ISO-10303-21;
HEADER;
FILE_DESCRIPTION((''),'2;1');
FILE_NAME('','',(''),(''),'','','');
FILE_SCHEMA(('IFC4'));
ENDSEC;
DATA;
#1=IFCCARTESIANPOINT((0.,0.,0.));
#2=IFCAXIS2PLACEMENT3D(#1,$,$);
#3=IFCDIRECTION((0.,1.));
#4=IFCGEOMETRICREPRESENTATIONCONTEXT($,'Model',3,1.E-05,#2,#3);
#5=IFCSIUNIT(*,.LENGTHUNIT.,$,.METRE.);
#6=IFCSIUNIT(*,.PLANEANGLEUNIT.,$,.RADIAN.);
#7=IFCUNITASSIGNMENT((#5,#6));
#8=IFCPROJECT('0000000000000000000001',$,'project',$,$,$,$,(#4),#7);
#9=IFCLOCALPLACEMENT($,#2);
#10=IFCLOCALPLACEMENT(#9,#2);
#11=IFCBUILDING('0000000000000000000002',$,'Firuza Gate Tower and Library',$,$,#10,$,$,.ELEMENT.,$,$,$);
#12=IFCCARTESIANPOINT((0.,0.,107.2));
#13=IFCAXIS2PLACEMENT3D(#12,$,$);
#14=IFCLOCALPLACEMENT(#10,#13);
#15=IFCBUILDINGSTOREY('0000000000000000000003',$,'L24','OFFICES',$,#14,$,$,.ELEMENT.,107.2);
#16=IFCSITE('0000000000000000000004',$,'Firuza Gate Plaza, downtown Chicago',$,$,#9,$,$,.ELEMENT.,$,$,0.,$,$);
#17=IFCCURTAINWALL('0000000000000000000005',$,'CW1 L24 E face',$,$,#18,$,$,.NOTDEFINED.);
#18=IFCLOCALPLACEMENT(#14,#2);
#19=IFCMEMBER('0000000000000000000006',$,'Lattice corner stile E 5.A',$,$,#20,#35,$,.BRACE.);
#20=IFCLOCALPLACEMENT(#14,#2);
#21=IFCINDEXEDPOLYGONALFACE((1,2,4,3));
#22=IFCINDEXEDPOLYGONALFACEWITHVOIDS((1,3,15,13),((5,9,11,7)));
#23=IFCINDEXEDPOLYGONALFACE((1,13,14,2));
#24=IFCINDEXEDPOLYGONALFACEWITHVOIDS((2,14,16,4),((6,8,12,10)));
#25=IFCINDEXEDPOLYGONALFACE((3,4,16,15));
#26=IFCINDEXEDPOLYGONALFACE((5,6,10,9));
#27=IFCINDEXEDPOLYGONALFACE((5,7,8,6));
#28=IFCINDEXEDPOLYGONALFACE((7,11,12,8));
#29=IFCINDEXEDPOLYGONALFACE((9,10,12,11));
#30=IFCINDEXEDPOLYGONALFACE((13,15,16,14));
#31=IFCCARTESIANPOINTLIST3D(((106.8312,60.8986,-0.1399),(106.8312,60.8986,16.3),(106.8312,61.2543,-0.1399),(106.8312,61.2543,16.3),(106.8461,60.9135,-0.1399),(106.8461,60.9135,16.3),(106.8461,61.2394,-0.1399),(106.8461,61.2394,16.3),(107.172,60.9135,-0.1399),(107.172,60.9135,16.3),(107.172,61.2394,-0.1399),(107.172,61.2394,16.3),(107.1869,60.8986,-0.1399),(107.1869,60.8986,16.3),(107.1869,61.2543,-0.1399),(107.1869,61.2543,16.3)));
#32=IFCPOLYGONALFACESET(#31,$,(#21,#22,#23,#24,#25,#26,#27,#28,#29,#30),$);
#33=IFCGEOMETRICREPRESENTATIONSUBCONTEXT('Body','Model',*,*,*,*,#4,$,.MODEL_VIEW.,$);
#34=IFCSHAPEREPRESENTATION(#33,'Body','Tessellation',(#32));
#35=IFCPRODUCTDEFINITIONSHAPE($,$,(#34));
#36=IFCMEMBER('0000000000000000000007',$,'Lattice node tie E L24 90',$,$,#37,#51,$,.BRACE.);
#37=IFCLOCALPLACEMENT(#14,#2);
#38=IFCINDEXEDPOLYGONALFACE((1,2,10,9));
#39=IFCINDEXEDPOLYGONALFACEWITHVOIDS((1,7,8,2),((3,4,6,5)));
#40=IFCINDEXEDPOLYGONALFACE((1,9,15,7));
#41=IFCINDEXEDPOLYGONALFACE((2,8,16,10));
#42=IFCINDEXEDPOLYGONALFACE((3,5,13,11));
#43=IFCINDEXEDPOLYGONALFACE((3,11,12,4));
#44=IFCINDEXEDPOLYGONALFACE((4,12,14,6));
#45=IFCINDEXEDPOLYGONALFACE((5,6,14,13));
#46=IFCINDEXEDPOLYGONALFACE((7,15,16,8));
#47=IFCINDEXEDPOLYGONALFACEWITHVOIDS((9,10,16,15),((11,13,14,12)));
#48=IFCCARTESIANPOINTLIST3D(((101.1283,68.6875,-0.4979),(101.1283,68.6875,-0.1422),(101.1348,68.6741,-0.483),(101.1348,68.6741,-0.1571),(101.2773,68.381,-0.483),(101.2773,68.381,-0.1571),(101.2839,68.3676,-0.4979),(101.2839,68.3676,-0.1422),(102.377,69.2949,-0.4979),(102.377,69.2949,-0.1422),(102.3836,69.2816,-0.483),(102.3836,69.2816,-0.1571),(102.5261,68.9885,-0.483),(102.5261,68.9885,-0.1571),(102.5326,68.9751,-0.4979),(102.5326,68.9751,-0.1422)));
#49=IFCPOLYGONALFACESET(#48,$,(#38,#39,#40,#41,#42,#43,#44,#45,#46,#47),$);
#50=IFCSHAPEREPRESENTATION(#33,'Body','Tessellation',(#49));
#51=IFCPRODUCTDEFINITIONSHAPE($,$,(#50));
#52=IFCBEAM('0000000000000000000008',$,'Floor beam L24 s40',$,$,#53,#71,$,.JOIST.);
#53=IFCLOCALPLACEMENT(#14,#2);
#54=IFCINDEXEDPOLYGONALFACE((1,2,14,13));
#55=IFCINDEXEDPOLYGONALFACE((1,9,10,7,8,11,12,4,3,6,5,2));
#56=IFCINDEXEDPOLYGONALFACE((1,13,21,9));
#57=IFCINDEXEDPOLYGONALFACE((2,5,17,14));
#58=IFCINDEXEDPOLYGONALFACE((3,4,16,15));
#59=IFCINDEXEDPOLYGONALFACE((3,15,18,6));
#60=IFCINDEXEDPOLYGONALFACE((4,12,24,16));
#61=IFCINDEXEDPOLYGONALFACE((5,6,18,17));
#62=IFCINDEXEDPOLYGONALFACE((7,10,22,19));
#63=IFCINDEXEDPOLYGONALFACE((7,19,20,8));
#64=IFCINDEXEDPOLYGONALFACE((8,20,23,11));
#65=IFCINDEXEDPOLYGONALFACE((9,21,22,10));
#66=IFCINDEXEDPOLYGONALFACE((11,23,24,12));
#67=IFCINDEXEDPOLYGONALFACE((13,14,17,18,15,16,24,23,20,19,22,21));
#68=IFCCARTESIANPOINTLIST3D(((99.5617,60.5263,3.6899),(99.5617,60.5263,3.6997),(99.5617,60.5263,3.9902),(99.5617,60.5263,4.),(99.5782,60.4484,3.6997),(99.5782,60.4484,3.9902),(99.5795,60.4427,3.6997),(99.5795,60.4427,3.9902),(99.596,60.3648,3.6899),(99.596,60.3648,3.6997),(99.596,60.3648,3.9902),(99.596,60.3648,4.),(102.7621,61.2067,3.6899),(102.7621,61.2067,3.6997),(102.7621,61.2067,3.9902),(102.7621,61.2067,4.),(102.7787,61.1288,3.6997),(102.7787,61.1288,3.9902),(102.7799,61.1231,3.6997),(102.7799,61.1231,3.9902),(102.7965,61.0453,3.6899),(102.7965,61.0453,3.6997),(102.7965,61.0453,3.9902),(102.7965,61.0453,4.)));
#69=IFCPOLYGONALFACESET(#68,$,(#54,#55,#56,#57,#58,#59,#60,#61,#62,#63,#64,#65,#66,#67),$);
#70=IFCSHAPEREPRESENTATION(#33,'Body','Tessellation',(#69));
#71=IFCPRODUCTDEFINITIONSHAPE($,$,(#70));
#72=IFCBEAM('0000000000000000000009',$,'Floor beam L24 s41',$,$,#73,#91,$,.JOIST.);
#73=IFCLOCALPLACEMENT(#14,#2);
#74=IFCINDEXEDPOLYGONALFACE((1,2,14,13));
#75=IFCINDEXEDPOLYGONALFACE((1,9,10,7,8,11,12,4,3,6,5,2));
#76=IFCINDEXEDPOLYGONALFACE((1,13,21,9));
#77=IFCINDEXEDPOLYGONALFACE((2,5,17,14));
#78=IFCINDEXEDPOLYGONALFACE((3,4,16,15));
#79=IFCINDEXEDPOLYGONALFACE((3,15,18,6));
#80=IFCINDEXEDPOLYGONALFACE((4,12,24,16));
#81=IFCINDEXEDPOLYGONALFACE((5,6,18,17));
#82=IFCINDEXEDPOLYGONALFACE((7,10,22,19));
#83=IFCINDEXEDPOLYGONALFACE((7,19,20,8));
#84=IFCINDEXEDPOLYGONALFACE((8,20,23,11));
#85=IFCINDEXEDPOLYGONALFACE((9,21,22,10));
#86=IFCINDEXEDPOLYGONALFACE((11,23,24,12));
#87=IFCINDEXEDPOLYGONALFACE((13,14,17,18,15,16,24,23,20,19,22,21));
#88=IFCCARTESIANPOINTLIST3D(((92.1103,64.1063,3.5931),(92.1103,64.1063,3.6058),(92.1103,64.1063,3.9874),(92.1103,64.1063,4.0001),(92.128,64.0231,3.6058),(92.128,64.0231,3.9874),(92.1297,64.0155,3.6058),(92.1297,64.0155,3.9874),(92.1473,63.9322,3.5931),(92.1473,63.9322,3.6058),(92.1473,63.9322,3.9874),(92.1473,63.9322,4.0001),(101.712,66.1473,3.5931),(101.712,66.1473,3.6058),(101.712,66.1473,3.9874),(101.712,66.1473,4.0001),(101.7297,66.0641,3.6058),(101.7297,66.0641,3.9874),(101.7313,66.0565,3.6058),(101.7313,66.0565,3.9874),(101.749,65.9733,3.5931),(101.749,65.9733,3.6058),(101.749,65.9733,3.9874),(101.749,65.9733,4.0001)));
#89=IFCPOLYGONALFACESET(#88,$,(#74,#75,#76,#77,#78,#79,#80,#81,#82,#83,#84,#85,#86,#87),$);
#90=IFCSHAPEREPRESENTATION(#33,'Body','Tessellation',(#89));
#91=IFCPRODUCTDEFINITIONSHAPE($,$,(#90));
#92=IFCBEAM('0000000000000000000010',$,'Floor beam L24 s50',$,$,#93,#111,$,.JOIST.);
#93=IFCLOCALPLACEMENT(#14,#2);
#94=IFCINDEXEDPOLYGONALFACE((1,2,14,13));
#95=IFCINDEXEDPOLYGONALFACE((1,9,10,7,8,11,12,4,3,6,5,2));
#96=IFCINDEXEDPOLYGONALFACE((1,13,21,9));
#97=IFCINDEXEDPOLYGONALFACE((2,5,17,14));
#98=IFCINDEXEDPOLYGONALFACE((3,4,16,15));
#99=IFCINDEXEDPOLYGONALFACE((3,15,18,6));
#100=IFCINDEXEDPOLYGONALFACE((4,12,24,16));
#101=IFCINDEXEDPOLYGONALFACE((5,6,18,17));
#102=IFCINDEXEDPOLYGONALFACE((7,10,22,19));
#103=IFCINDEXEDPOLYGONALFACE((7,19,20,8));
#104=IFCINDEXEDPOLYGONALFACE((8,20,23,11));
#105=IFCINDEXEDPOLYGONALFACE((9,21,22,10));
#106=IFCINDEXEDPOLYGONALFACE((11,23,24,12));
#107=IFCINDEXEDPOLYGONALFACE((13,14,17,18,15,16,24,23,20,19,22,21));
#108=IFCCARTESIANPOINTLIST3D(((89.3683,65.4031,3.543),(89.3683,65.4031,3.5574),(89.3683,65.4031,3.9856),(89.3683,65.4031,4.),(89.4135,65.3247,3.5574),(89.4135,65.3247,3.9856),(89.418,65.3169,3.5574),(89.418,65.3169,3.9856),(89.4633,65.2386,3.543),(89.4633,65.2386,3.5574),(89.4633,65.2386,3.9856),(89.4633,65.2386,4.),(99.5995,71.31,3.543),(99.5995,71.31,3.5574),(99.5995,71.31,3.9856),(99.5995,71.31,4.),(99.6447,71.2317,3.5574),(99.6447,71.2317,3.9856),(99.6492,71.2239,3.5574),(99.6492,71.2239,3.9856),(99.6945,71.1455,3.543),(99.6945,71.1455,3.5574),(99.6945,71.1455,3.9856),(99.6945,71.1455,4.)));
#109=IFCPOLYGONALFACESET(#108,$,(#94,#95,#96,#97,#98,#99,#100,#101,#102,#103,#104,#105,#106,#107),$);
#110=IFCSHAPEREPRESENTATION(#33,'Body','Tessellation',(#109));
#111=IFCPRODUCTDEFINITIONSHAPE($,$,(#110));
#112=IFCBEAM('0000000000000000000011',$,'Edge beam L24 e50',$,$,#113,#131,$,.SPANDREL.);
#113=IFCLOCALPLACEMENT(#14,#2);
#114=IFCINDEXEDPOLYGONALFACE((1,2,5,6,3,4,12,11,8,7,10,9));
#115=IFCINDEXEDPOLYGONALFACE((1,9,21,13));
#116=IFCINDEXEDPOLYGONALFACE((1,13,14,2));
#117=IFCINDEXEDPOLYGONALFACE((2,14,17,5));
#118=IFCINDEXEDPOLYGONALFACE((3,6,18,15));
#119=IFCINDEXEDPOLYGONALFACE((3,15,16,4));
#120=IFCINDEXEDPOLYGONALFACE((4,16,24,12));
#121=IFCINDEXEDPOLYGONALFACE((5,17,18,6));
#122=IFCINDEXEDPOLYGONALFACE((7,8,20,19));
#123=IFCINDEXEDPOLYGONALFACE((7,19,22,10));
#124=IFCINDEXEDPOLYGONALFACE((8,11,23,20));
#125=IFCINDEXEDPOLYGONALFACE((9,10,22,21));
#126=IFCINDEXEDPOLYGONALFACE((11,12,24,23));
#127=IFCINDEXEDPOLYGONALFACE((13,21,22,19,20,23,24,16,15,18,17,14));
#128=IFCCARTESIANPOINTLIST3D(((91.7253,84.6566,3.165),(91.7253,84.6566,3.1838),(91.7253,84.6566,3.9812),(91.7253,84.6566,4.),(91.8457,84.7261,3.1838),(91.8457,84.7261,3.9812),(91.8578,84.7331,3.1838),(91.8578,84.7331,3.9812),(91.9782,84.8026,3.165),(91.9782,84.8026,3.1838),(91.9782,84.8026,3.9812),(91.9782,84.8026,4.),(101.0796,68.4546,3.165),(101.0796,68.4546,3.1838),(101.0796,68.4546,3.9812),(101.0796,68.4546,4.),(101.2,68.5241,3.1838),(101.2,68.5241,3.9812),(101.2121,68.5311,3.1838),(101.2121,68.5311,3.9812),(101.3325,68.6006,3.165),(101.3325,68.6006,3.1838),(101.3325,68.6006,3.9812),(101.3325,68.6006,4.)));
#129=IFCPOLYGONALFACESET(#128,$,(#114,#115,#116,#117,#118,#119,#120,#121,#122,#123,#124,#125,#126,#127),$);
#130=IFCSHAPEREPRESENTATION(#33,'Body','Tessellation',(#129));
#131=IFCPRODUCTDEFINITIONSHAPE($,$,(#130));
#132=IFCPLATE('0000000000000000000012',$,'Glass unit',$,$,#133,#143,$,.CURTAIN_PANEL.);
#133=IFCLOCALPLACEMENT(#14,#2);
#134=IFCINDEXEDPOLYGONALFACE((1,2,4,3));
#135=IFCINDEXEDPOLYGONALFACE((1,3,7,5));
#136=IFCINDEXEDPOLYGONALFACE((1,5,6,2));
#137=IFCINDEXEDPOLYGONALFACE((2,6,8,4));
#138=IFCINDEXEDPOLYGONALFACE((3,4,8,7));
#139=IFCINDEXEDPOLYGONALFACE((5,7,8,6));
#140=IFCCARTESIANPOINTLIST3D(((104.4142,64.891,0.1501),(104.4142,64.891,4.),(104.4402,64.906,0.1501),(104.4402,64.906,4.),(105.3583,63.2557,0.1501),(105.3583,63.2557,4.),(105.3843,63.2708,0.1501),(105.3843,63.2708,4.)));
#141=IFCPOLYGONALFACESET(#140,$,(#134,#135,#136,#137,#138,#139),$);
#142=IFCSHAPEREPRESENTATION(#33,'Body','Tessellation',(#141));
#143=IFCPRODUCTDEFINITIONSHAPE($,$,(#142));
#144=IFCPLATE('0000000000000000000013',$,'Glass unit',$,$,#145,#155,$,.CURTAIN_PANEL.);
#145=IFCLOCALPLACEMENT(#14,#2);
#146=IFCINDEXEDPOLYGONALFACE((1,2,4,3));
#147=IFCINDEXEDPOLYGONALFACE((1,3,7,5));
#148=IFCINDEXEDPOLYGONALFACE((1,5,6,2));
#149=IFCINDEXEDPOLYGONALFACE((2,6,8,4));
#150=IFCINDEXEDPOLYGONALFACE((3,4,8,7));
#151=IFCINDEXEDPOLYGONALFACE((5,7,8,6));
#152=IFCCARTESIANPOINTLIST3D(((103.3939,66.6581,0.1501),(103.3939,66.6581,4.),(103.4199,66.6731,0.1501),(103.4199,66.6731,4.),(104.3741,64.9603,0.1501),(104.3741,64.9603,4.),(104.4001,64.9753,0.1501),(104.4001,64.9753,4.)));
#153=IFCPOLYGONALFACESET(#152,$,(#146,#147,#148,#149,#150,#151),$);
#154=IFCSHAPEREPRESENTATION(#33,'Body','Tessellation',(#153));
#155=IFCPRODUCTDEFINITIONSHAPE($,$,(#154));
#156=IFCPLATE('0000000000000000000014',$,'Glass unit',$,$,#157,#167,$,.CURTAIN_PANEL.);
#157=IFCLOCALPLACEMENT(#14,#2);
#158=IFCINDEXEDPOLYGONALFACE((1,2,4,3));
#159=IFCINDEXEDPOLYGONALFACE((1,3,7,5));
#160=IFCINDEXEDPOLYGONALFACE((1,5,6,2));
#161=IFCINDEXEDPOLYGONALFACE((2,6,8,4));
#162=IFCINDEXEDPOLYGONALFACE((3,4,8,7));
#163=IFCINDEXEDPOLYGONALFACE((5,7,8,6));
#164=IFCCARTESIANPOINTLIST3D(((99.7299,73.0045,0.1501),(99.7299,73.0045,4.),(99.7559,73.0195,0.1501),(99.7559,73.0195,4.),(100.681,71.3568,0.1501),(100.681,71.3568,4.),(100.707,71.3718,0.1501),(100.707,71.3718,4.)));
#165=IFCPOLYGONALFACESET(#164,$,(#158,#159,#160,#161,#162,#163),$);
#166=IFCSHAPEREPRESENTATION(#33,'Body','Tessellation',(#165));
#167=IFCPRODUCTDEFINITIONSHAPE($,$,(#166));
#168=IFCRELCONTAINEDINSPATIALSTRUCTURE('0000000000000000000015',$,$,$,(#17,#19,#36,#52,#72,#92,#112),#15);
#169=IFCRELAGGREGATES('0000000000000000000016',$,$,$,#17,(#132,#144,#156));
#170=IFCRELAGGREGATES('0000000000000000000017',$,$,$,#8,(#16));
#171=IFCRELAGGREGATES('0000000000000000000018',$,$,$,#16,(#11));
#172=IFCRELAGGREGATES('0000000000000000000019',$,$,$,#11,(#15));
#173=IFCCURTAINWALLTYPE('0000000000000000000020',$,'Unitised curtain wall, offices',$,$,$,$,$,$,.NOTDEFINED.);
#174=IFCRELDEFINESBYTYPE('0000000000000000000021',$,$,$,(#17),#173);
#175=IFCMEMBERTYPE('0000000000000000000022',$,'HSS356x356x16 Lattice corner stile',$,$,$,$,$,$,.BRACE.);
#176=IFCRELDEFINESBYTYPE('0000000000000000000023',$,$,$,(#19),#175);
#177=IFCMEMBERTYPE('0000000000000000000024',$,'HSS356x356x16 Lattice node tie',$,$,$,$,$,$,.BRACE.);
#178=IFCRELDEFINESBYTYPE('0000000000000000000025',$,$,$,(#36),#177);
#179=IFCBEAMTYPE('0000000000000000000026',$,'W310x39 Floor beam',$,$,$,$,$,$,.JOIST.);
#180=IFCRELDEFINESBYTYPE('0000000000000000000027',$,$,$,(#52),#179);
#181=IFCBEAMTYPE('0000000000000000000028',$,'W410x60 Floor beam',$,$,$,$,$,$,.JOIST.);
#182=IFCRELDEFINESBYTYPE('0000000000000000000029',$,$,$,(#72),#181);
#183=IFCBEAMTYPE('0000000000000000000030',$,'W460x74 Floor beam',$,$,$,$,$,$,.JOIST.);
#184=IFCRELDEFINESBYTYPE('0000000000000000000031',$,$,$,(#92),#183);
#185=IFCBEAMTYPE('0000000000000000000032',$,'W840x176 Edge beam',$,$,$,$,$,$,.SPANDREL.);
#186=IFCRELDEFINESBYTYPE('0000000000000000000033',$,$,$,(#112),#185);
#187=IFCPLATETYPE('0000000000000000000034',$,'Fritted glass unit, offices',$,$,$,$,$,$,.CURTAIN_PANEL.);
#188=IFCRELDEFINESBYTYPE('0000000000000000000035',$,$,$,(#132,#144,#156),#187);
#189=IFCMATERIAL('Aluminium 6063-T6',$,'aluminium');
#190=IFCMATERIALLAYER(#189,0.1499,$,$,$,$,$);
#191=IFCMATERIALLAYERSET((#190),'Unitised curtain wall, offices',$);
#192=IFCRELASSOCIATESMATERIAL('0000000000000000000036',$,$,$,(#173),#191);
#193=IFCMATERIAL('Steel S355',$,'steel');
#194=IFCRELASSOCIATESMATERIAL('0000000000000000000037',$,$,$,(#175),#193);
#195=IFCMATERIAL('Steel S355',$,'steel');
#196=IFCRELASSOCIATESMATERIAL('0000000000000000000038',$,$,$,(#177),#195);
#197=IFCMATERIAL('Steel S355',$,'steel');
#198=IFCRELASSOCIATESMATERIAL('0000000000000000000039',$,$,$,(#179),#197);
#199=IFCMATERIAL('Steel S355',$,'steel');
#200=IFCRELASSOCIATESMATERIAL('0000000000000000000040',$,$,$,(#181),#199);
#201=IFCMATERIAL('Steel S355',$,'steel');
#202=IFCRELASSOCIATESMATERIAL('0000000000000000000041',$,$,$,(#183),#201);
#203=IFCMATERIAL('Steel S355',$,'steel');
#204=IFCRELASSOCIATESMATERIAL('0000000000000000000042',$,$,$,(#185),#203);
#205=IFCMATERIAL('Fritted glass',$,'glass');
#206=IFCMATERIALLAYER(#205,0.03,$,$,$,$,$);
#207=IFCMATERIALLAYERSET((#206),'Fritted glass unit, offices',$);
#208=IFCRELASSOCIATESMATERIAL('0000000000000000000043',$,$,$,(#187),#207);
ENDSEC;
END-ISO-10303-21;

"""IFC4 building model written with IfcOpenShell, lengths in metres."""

from ifc_helpers import new_model, si_unit, direction, frame, origin, origin_2d, place, context, subcontext, project, spatial, polyline, hollow_rectangle, i_section, outline, extrude, material, layer, layer_set, material_profile, profile_set, type_object, element, aggregate, save


model = new_model("IFC4")

# Units and contexts
model_context = context("Model", 3, precision=1e-05, world=origin(), true_north=direction((0.0, 1.0)))
body_context = subcontext(model_context, "Body", "Model", "MODEL_VIEW")
ifc_project = project(units=[si_unit("LENGTHUNIT", "METRE"), si_unit("PLANEANGLEUNIT", "RADIAN")], contexts=[model_context])

# Site, building, storey
site_placement = place(None, origin())
site = spatial("IfcSite", under=ifc_project, at=site_placement, Name="Firuza Gate Plaza, downtown Chicago", CompositionType="ELEMENT", RefElevation=0.0)
building_placement = place(site_placement, origin())
building = spatial("IfcBuilding", under=site, at=building_placement, Name="Firuza Gate Tower and Library", CompositionType="ELEMENT")
storey_placement = place(building_placement, frame((0.0, 0.0, 107.2)))
storey = spatial("IfcBuildingStorey", under=building, at=storey_placement, Name="L24", Description="OFFICES", CompositionType="ELEMENT", Elevation=107.2)

# Curtain wall
ifc_material_1 = material(Name="Aluminium 6063-T6", Category="aluminium")
ifc_layer_1 = layer(ifc_material_1, 0.1499)
ifc_layer_set_1 = layer_set([ifc_layer_1], Name="Unitised curtain wall, offices")
curtain_wall_type = type_object("IfcCurtainWallType", Name="Unitised curtain wall, offices", PredefinedType="NOTDEFINED", material=ifc_layer_set_1)
curtain_wall_placement = place(storey_placement, origin())
curtain_wall = element("IfcCurtainWall", 1, at=curtain_wall_placement, inside=storey, type_object=curtain_wall_type, Name="CW1 L24 E face", PredefinedType="NOTDEFINED")

# Members
ifc_material_2 = material(Name="Steel S355", Category="steel")
ifc_material_profile_1 = material_profile(ifc_material_2, hollow_rectangle(XDim=0.3557, YDim=0.3557, WallThickness=0.0149, at=origin_2d()))
ifc_profile_set_1 = profile_set([ifc_material_profile_1], Name="Steel S355")
member_type_1 = type_object("IfcMemberType", Name="HSS356x356x16 Lattice corner stile", PredefinedType="BRACE", material=ifc_profile_set_1)
member_1_placement = place(storey_placement, frame((107.009, 61.0764, -0.1399), z_axis=(0.0, 0.0, 1.0), x_axis=(1.0, 0.0, 0.0)))
element("IfcMember", 2, at=member_1_placement, inside=storey, type_object=member_type_1, Name="Lattice corner stile E 5.A", PredefinedType="BRACE", context=body_context, shape_type="SweptSolid", body=[
    extrude(hollow_rectangle(XDim=0.3557, YDim=0.3557, WallThickness=0.0149, at=origin_2d()), origin(), (0.0, 0.0, 1.0), 16.4399),
])
ifc_material_3 = material(Name="Steel S355", Category="steel")
ifc_material_profile_2 = material_profile(ifc_material_3, hollow_rectangle(XDim=0.3557, YDim=0.3557, WallThickness=0.0149, at=origin_2d()))
ifc_profile_set_2 = profile_set([ifc_material_profile_2], Name="Steel S355")
member_type_2 = type_object("IfcMemberType", Name="HSS356x356x16 Lattice node tie", PredefinedType="BRACE", material=ifc_profile_set_2)
member_2_placement = place(storey_placement, frame((101.2061, 68.5276, -0.3201), z_axis=(0.899261, 0.437412, 0.0), x_axis=(-0.437412, 0.899261, 0.0)))
element("IfcMember", 3, at=member_2_placement, inside=storey, type_object=member_type_2, Name="Lattice node tie E L24 90", PredefinedType="BRACE", context=body_context, shape_type="SweptSolid", body=[
    extrude(hollow_rectangle(XDim=0.3557, YDim=0.3557, WallThickness=0.0149, at=origin_2d()), origin(), (0.0, 0.0, 1.0), 1.3887),
])

# Beams
ifc_material_4 = material(Name="Steel S355", Category="steel")
ifc_material_profile_3 = material_profile(ifc_material_4, i_section(OverallWidth=0.165, OverallDepth=0.3101, WebThickness=0.0059, FlangeThickness=0.0098, at=origin_2d()))
ifc_profile_set_3 = profile_set([ifc_material_profile_3], Name="Steel S355")
beam_type_1 = type_object("IfcBeamType", Name="W310x39 Floor beam", PredefinedType="JOIST", material=ifc_profile_set_3)
beam_1_placement = place(storey_placement, frame((102.7793, 61.126, 3.845), z_axis=(-0.978139, -0.207954, 0.0), x_axis=(0.207954, -0.978139, 0.0)))
element("IfcBeam", 4, at=beam_1_placement, inside=storey, type_object=beam_type_1, Name="Floor beam L24 s40", PredefinedType="JOIST", context=body_context, shape_type="SweptSolid", body=[
    extrude(i_section(OverallWidth=0.165, OverallDepth=0.3101, WebThickness=0.0059, FlangeThickness=0.0098, at=origin_2d()), origin(), (0.0, 0.0, 1.0), 3.272),
])
ifc_material_5 = material(Name="Steel S355", Category="steel")
ifc_material_profile_4 = material_profile(ifc_material_5, i_section(OverallWidth=0.178, OverallDepth=0.407, WebThickness=0.0078, FlangeThickness=0.0127, at=origin_2d()))
ifc_profile_set_4 = profile_set([ifc_material_profile_4], Name="Steel S355")
beam_type_2 = type_object("IfcBeamType", Name="W410x60 Floor beam", PredefinedType="JOIST", material=ifc_profile_set_4)
beam_2_placement = place(storey_placement, frame((101.7305, 66.0603, 3.7966), z_axis=(-0.978145, -0.207925, 0.0), x_axis=(0.207925, -0.978145, 0.0)))
element("IfcBeam", 5, at=beam_2_placement, inside=storey, type_object=beam_type_2, Name="Floor beam L24 s41", PredefinedType="JOIST", context=body_context, shape_type="SweptSolid", body=[
    extrude(i_section(OverallWidth=0.178, OverallDepth=0.407, WebThickness=0.0078, FlangeThickness=0.0127, at=origin_2d()), origin(), (0.0, 0.0, 1.0), 9.8162),
])
ifc_material_6 = material(Name="Steel S355", Category="steel")
ifc_material_profile_5 = material_profile(ifc_material_6, i_section(OverallWidth=0.1899, OverallDepth=0.457, WebThickness=0.009, FlangeThickness=0.0144, at=origin_2d()))
ifc_profile_set_5 = profile_set([ifc_material_profile_5], Name="Steel S355")
beam_type_3 = type_object("IfcBeamType", Name="W460x74 Floor beam", PredefinedType="JOIST", material=ifc_profile_set_5)
beam_3_placement = place(storey_placement, frame((99.647, 71.2278, 3.7715), z_axis=(-0.866026, -0.5, 0.0), x_axis=(0.5, -0.866026, 0.0)))
element("IfcBeam", 6, at=beam_3_placement, inside=storey, type_object=beam_type_3, Name="Floor beam L24 s50", PredefinedType="JOIST", context=body_context, shape_type="SweptSolid", body=[
    extrude(i_section(OverallWidth=0.1899, OverallDepth=0.457, WebThickness=0.009, FlangeThickness=0.0144, at=origin_2d()), origin(), (0.0, 0.0, 1.0), 11.814),
])
ifc_material_7 = material(Name="Steel S355", Category="steel")
ifc_material_profile_6 = material_profile(ifc_material_7, i_section(OverallWidth=0.292, OverallDepth=0.835, WebThickness=0.0139, FlangeThickness=0.0188, at=origin_2d()))
ifc_profile_set_6 = profile_set([ifc_material_profile_6], Name="Steel S355")
beam_type_4 = type_object("IfcBeamType", Name="W840x176 Edge beam", PredefinedType="SPANDREL", material=ifc_profile_set_6)
beam_4_placement = place(storey_placement, frame((101.2061, 68.5276, 3.5825), z_axis=(-0.500003, 0.866024, 0.0), x_axis=(-0.866024, -0.500003, 0.0)))
element("IfcBeam", 7, at=beam_4_placement, inside=storey, type_object=beam_type_4, Name="Edge beam L24 e50", PredefinedType="SPANDREL", context=body_context, shape_type="SweptSolid", body=[
    extrude(i_section(OverallWidth=0.292, OverallDepth=0.835, WebThickness=0.0139, FlangeThickness=0.0188, at=origin_2d()), origin(), (0.0, 0.0, 1.0), 18.7085),
])

# Plates
ifc_material_8 = material(Name="Fritted glass", Category="glass")
ifc_layer_2 = layer(ifc_material_8, 0.03)
ifc_layer_set_2 = layer_set([ifc_layer_2], Name="Fritted glass unit, offices")
plate_type_1 = type_object("IfcPlateType", Name="Fritted glass unit, offices", PredefinedType="CURTAIN_PANEL", material=ifc_layer_set_2)
plate_1_placement = place(storey_placement, frame((105.3843, 63.2708, 0.1501), z_axis=(0.866031, 0.499991, 0.0), x_axis=(-0.499991, 0.866031, 0.0)))
plate_1 = element("IfcPlate", 8, at=plate_1_placement, type_object=plate_type_1, Name="Glass unit", PredefinedType="CURTAIN_PANEL", context=body_context, shape_type="SweptSolid", body=[
    extrude(outline(polyline([(0.0, 0.0), (1.8882, 0.0), (1.8882, 3.8499), (0.0, 3.8499), (0.0, 0.0)])), origin(), (0.0, 0.0, -1.0), 0.03),
])
plate_2_placement = place(storey_placement, frame((104.4001, 64.9753, 0.1501), z_axis=(0.86602, 0.50001, 0.0), x_axis=(-0.50001, 0.86602, 0.0)))
plate_2 = element("IfcPlate", 9, at=plate_2_placement, type_object=plate_type_1, Name="Glass unit", PredefinedType="CURTAIN_PANEL", context=body_context, shape_type="SweptSolid", body=[
    extrude(outline(polyline([(0.0, 0.0), (1.9604, 0.0), (1.9604, 3.8499), (0.0, 3.8499), (0.0, 0.0)])), origin(), (0.0, 0.0, -1.0), 0.03),
])
plate_3_placement = place(storey_placement, frame((100.707, 71.3718, 0.1501), z_axis=(0.866055, 0.499948, 0.0), x_axis=(-0.499948, 0.866055, 0.0)))
plate_3 = element("IfcPlate", 10, at=plate_3_placement, type_object=plate_type_1, Name="Glass unit", PredefinedType="CURTAIN_PANEL", context=body_context, shape_type="SweptSolid", body=[
    extrude(outline(polyline([(0.0, 0.0), (1.9025, 0.0), (1.9025, 3.8499), (0.0, 3.8499), (0.0, 0.0)])), origin(), (0.0, 0.0, -1.0), 0.03),
])
aggregate(curtain_wall, [plate_1, plate_2, plate_3])

save(model, "model.ifc")
